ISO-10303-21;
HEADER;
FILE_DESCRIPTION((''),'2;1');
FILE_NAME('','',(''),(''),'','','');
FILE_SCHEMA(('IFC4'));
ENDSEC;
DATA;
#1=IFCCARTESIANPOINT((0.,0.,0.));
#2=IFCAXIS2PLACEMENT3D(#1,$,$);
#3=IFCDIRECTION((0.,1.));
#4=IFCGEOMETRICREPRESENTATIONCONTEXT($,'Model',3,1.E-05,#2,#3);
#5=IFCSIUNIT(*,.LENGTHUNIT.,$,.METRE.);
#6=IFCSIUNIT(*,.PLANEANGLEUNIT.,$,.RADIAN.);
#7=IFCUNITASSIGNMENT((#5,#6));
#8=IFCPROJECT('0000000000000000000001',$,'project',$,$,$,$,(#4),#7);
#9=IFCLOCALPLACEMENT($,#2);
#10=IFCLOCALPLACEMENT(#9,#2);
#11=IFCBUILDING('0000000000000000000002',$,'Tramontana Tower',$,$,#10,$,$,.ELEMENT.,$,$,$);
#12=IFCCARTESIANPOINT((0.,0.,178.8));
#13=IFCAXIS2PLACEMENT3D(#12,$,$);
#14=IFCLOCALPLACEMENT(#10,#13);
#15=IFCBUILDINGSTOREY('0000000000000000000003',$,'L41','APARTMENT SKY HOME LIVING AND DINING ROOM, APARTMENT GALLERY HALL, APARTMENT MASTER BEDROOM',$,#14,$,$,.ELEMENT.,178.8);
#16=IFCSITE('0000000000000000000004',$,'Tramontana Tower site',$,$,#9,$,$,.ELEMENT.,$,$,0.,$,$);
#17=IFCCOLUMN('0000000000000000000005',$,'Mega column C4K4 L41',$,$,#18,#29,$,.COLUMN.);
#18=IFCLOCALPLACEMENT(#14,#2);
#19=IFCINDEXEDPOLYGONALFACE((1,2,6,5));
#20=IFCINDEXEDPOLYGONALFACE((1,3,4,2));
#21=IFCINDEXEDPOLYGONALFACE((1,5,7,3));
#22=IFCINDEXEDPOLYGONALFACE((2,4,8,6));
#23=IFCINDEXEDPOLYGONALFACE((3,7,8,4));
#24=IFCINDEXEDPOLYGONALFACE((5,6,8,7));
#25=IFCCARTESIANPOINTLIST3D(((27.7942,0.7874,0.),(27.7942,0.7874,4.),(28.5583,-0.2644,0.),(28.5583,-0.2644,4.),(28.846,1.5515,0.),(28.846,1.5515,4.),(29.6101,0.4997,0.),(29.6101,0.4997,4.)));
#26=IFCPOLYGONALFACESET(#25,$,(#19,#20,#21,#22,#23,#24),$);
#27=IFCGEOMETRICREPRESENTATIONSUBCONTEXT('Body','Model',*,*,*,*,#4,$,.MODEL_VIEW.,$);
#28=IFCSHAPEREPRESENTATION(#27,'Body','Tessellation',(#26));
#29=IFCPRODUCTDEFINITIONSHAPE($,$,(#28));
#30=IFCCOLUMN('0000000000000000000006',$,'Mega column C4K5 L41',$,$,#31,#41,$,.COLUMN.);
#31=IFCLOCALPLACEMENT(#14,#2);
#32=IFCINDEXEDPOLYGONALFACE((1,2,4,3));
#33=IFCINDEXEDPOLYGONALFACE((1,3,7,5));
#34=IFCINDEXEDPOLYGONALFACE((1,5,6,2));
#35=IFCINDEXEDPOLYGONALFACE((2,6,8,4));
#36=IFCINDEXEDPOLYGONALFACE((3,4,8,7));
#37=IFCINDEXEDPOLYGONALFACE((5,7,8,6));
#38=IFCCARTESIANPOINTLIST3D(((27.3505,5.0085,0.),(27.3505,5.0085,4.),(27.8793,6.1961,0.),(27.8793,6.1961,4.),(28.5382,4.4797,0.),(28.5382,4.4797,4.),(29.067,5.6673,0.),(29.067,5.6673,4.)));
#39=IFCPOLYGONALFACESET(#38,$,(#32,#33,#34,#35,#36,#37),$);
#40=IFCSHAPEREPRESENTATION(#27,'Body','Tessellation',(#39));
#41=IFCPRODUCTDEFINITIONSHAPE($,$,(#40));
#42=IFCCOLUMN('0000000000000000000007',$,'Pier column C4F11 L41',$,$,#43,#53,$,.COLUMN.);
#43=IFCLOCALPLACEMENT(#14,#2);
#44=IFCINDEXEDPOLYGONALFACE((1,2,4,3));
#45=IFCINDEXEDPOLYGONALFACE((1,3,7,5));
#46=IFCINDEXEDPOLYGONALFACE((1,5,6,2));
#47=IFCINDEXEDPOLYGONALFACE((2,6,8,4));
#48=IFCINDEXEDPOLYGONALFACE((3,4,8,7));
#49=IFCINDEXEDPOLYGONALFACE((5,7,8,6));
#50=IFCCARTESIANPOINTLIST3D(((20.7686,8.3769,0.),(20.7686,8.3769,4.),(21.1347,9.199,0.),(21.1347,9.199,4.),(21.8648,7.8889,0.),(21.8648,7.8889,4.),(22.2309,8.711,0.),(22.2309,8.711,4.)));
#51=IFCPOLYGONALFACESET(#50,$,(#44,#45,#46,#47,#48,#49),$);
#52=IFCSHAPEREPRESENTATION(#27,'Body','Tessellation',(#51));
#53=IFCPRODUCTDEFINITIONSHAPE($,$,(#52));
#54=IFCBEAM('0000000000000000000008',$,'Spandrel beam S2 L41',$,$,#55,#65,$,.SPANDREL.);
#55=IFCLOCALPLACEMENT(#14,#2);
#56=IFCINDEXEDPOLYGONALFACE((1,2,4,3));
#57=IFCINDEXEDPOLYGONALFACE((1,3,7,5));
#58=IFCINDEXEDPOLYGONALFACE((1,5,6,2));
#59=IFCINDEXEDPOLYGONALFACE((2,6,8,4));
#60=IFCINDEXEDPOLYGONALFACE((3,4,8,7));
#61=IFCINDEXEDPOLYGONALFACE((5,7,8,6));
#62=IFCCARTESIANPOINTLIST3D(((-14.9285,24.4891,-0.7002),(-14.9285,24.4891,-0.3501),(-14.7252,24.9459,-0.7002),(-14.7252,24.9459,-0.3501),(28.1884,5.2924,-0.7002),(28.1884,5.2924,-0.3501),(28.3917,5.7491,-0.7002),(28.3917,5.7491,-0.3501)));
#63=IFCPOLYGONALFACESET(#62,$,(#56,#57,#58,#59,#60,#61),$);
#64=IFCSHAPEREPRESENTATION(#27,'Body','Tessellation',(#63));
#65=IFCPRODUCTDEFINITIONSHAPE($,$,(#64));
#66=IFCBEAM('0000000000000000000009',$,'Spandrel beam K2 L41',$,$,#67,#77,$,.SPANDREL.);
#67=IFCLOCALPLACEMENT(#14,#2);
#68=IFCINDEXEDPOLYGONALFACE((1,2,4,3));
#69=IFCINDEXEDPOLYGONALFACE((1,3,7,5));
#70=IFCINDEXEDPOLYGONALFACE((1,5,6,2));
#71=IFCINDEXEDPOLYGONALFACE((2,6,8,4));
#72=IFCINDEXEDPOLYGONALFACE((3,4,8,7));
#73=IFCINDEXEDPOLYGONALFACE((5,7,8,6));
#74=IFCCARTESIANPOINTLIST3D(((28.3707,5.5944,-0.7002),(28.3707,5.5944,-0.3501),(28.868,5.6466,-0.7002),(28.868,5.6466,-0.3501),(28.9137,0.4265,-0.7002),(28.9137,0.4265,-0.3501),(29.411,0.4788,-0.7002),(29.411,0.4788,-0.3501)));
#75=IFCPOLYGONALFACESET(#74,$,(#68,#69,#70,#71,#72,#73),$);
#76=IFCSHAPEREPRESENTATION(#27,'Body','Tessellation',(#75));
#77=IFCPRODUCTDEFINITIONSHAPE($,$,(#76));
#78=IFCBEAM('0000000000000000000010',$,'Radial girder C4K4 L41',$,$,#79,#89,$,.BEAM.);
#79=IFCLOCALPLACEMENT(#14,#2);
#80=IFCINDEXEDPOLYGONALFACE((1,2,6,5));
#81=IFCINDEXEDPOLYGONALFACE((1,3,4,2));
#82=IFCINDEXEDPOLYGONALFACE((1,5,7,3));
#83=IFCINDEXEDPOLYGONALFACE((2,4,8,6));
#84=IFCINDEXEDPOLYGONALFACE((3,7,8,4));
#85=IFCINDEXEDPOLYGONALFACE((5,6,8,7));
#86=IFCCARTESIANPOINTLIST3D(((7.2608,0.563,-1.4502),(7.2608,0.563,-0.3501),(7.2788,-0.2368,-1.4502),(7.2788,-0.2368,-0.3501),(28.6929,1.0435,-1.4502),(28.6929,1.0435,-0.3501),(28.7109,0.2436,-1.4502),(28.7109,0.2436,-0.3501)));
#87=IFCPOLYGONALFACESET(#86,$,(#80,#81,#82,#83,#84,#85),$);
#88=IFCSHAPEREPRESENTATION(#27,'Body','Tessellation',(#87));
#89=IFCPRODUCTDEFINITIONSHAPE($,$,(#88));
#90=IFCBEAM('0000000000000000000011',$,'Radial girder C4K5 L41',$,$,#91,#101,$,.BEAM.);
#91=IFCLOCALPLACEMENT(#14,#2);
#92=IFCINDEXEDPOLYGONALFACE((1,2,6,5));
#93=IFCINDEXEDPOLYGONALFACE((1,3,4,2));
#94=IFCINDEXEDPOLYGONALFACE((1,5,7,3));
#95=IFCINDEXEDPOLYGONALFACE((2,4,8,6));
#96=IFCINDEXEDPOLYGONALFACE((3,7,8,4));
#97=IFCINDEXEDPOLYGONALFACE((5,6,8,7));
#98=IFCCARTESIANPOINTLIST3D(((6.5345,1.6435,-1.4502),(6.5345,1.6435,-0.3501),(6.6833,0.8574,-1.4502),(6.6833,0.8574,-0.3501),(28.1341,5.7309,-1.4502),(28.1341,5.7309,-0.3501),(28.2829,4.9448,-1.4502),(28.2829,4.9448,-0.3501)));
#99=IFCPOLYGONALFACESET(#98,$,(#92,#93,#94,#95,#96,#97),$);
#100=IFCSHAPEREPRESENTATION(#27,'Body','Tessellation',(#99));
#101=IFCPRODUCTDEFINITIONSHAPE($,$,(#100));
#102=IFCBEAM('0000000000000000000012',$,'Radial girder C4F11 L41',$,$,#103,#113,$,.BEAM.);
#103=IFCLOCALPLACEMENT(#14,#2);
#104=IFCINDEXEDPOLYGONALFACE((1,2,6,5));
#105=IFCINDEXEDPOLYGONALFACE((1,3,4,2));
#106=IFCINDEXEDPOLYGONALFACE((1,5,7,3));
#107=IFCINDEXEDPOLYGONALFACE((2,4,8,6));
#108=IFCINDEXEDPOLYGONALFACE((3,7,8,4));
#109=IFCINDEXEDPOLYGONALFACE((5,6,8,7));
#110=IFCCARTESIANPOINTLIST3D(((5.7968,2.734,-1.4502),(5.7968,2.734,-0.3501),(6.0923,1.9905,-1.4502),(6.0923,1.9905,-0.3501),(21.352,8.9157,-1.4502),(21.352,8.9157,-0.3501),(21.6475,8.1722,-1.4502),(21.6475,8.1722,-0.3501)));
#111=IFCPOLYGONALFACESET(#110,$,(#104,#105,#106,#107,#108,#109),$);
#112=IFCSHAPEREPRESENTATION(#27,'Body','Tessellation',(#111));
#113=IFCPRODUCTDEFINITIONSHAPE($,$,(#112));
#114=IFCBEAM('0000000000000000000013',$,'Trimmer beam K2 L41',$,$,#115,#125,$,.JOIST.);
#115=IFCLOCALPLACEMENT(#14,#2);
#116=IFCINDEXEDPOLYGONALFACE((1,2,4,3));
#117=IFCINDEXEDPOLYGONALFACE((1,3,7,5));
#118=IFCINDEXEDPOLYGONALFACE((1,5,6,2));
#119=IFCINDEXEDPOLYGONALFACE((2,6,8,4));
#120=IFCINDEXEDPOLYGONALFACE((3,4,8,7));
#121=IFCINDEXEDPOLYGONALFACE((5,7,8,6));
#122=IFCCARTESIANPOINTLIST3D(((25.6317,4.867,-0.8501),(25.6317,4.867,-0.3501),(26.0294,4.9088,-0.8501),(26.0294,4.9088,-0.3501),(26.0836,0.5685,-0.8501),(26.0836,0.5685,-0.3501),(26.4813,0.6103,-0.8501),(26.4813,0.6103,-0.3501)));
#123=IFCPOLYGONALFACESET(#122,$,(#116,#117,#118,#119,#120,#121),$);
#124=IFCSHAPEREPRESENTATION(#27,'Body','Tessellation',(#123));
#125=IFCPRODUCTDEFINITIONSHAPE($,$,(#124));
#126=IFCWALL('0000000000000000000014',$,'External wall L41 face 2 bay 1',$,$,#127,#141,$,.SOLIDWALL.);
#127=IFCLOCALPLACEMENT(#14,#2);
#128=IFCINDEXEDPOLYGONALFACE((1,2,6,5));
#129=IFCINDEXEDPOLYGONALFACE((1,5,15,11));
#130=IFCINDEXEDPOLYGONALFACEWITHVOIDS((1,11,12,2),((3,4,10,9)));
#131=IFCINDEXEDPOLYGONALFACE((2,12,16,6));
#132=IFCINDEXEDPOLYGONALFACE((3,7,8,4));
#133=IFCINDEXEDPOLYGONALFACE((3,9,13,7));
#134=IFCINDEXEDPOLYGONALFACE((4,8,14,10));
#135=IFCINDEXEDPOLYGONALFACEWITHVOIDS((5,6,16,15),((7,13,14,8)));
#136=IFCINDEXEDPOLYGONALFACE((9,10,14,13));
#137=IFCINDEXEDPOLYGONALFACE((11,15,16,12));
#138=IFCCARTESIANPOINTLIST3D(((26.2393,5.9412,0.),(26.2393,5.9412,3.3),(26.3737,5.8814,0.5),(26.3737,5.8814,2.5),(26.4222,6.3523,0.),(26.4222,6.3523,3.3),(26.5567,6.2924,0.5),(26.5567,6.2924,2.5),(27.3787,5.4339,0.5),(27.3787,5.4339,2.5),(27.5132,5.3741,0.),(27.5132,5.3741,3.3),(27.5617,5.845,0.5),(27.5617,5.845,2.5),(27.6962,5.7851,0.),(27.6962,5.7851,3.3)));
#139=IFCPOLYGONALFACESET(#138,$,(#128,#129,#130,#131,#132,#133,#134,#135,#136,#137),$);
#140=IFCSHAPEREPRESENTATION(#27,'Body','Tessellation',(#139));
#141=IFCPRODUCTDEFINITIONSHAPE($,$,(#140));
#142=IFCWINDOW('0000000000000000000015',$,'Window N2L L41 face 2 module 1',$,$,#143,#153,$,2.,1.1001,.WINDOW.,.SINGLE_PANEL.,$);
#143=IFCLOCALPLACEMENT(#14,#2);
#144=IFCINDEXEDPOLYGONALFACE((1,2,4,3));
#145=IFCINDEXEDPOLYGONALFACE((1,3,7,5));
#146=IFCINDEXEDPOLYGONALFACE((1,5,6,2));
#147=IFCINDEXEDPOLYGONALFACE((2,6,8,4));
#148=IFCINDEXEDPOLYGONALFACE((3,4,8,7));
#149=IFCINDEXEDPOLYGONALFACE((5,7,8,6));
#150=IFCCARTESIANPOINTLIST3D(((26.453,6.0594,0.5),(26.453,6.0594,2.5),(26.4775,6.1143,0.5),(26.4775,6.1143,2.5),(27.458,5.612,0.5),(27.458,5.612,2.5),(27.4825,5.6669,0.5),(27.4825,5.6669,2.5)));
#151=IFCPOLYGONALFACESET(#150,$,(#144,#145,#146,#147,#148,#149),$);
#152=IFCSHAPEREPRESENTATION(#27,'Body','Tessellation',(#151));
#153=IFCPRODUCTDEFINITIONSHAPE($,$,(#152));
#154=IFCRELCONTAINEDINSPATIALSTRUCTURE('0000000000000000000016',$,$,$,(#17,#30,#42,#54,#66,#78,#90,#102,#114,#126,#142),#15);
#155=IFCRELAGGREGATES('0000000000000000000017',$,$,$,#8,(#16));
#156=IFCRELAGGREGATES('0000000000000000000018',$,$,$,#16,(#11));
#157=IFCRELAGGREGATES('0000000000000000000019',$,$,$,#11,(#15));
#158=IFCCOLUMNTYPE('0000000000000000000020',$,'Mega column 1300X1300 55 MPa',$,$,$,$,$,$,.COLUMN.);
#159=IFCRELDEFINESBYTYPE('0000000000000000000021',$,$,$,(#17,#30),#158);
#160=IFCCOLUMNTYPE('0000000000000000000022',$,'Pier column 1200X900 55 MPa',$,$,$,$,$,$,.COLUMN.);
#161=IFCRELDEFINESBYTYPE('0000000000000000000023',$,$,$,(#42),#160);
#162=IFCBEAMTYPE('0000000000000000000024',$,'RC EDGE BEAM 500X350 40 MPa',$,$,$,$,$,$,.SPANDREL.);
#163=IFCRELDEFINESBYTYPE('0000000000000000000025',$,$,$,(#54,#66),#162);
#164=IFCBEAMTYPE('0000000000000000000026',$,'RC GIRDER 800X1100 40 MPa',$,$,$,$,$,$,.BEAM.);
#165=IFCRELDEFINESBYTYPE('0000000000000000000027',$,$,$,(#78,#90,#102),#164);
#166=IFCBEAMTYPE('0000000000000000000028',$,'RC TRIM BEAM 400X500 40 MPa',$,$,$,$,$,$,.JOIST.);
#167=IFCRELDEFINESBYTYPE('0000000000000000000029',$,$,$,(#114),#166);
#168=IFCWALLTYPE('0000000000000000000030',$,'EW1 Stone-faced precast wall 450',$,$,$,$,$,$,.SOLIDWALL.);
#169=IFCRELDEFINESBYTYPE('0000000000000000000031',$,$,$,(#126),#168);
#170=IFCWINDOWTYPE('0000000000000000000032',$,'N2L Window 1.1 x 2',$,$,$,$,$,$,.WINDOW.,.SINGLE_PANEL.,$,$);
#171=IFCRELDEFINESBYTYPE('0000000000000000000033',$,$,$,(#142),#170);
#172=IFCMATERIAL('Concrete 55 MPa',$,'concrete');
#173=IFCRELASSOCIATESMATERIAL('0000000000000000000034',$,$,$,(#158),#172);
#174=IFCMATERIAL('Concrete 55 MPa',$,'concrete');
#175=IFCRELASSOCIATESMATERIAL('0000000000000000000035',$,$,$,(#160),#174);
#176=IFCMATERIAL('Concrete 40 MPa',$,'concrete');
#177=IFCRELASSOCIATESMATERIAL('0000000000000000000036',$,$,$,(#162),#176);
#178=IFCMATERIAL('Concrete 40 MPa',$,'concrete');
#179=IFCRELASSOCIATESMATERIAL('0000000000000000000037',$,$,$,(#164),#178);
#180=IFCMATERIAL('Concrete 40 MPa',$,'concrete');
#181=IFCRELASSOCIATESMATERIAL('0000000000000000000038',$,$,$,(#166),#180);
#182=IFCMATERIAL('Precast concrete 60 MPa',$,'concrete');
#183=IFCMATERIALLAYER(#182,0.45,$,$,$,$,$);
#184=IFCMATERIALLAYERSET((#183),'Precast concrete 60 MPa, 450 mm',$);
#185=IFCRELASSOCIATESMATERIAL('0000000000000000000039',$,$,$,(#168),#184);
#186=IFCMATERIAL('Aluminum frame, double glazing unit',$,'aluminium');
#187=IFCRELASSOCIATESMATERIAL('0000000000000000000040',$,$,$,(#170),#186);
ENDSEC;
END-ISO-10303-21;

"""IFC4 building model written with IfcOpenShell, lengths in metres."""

from ifc_helpers import new_model, si_unit, direction, frame, frame_2d, origin, origin_2d, place, context, subcontext, project, spatial, rectangle, extrude, material, layer, layer_set, material_profile, profile_set, type_object, element, fill, save


model = new_model("IFC4")

# Units and contexts
model_context = context("Model", 3, precision=1e-05, world=origin(), true_north=direction((0.0, 1.0)))
body_context = subcontext(model_context, "Body", "Model", "MODEL_VIEW")
ifc_project = project(units=[si_unit("LENGTHUNIT", "METRE"), si_unit("PLANEANGLEUNIT", "RADIAN")], contexts=[model_context])

# Site, building, storey
site_placement = place(None, origin())
site = spatial("IfcSite", under=ifc_project, at=site_placement, Name="Tramontana Tower site", CompositionType="ELEMENT", RefElevation=0.0)
building_placement = place(site_placement, origin())
building = spatial("IfcBuilding", under=site, at=building_placement, Name="Tramontana Tower", CompositionType="ELEMENT")
storey_placement = place(building_placement, frame((0.0, 0.0, 178.8)))
storey = spatial("IfcBuildingStorey", under=building, at=storey_placement, Name="L41", Description="APARTMENT SKY HOME LIVING AND DINING ROOM, APARTMENT GALLERY HALL, APARTMENT MASTER BEDROOM", CompositionType="ELEMENT", Elevation=178.8)

# Columns
ifc_material_1 = material(Name="Concrete 55 MPa", Category="concrete")
ifc_material_profile_1 = material_profile(ifc_material_1, rectangle(XDim=1.3, YDim=1.3, at=origin_2d()), Name="Mega column 1300X1300 55 MPa")
ifc_profile_set_1 = profile_set([ifc_material_profile_1], Name="Concrete 55 MPa")
column_type_1 = type_object("IfcColumnType", Name="Mega column 1300X1300 55 MPa", PredefinedType="COLUMN", material=ifc_profile_set_1)
for number, where, z_axis, x_axis, name in (
    (1, (28.7021, 0.6436, 0.0), (0.0, 0.0, 1.0), (0.809017, 0.587785, 0.0), "Mega column C4K4 L41"),
    (2, (28.2087, 5.3379, 0.0), (0.0, 0.0, 1.0), (-0.913545, 0.406737, 0.0), "Mega column C4K5 L41"),
):
    element("IfcColumn", number, at=place(storey_placement, frame(where, z_axis=z_axis, x_axis=x_axis)), inside=storey, type_object=column_type_1, Name=name, PredefinedType="COLUMN", context=body_context, shape_type="SweptSolid", body=[
        extrude(rectangle(XDim=1.3, YDim=1.3, at=origin_2d()), origin(), (0.0, 0.0, 1.0), 4.0),
    ])
ifc_material_2 = material(Name="Concrete 55 MPa", Category="concrete")
ifc_material_profile_2 = material_profile(ifc_material_2, rectangle(XDim=1.2, YDim=0.8999, at=origin_2d()), Name="Pier column 1200X900 55 MPa")
ifc_profile_set_2 = profile_set([ifc_material_profile_2], Name="Concrete 55 MPa")
column_type_2 = type_object("IfcColumnType", Name="Pier column 1200X900 55 MPa", PredefinedType="COLUMN", material=ifc_profile_set_2)
column_placement = place(storey_placement, frame((21.4998, 8.5439, 0.0), z_axis=(0.0, 0.0, 1.0), x_axis=(-0.913545, 0.406737, 0.0)))
element("IfcColumn", 3, at=column_placement, inside=storey, type_object=column_type_2, Name="Pier column C4F11 L41", PredefinedType="COLUMN", context=body_context, shape_type="SweptSolid", body=[
    extrude(rectangle(XDim=1.2, YDim=0.8999, at=origin_2d()), origin(), (0.0, 0.0, 1.0), 4.0),
])

# Beams
ifc_material_3 = material(Name="Concrete 40 MPa", Category="concrete")
ifc_material_profile_3 = material_profile(ifc_material_3, rectangle(XDim=0.5, YDim=0.3501, at=origin_2d()), Name="RC EDGE BEAM 500X350 40 MPa")
ifc_profile_set_3 = profile_set([ifc_material_profile_3], Name="Concrete 40 MPa")
beam_type_1 = type_object("IfcBeamType", Name="RC EDGE BEAM 500X350 40 MPa", PredefinedType="SPANDREL", material=ifc_profile_set_3)
beam_1_placement = place(storey_placement, frame((28.29, 5.5208, -0.5251), z_axis=(-0.913546, 0.406734, 0.0), x_axis=(-0.406734, -0.913546, 0.0)))
element("IfcBeam", 4, at=beam_1_placement, inside=storey, type_object=beam_type_1, Name="Spandrel beam S2 L41", PredefinedType="SPANDREL", context=body_context, shape_type="SweptSolid", body=[
    extrude(rectangle(XDim=0.5, YDim=0.3501, at=origin_2d()), origin(), (0.0, 0.0, 1.0), 47.1973),
])
beam_2_placement = place(storey_placement, frame((29.1624, 0.4526, -0.5251), z_axis=(-0.104494, 0.994526, 0.0), x_axis=(-0.994526, -0.104494, 0.0)))
element("IfcBeam", 5, at=beam_2_placement, inside=storey, type_object=beam_type_1, Name="Spandrel beam K2 L41", PredefinedType="SPANDREL", context=body_context, shape_type="SweptSolid", body=[
    extrude(rectangle(XDim=0.5, YDim=0.3501, at=origin_2d()), origin(), (0.0, 0.0, 1.0), 5.1963),
])
ifc_material_4 = material(Name="Concrete 40 MPa", Category="concrete")
ifc_material_profile_4 = material_profile(ifc_material_4, rectangle(XDim=0.8, YDim=1.1001, at=origin_2d()), Name="RC GIRDER 800X1100 40 MPa")
ifc_profile_set_4 = profile_set([ifc_material_profile_4], Name="Concrete 40 MPa")
beam_type_2 = type_object("IfcBeamType", Name="RC GIRDER 800X1100 40 MPa", PredefinedType="BEAM", material=ifc_profile_set_4)
beam_3_placement = place(storey_placement, frame((28.7019, 0.6436, -0.9001), z_axis=(-0.999749, -0.022413, 0.0), x_axis=(0.022413, -0.999749, 0.0)))
element("IfcBeam", 6, at=beam_3_placement, inside=storey, type_object=beam_type_2, Name="Radial girder C4K4 L41", PredefinedType="BEAM", context=body_context, shape_type="SweptSolid", body=[
    extrude(rectangle(XDim=0.8, YDim=1.1001, at=origin_2d()), origin(), (0.0, 0.0, 1.0), 21.4375),
])
beam_4_placement = place(storey_placement, frame((28.2085, 5.3379, -0.9001), z_axis=(-0.982562, -0.185935, 0.0), x_axis=(0.185935, -0.982562, 0.0)))
element("IfcBeam", 7, at=beam_4_placement, inside=storey, type_object=beam_type_2, Name="Radial girder C4K5 L41", PredefinedType="BEAM", context=body_context, shape_type="SweptSolid", body=[
    extrude(rectangle(XDim=0.8, YDim=1.1001, at=origin_2d()), origin(), (0.0, 0.0, 1.0), 21.9829),
])
beam_5_placement = place(storey_placement, frame((21.4998, 8.5439, -0.9001), z_axis=(-0.929307, -0.369308, 0.0), x_axis=(0.369308, -0.929307, 0.0)))
element("IfcBeam", 8, at=beam_5_placement, inside=storey, type_object=beam_type_2, Name="Radial girder C4F11 L41", PredefinedType="BEAM", context=body_context, shape_type="SweptSolid", body=[
    extrude(rectangle(XDim=0.8, YDim=1.1001, at=origin_2d()), origin(), (0.0, 0.0, 1.0), 16.7385),
])
ifc_material_5 = material(Name="Concrete 40 MPa", Category="concrete")
ifc_material_profile_5 = material_profile(ifc_material_5, rectangle(XDim=0.3999, YDim=0.5, at=origin_2d()), Name="RC TRIM BEAM 400X500 40 MPa")
ifc_profile_set_5 = profile_set([ifc_material_profile_5], Name="Concrete 40 MPa")
beam_type_3 = type_object("IfcBeamType", Name="RC TRIM BEAM 400X500 40 MPa", PredefinedType="JOIST", material=ifc_profile_set_5)
beam_6_placement = place(storey_placement, frame((26.2825, 0.5894, -0.6001), z_axis=(-0.104552, 0.994519, 0.0), x_axis=(-0.994519, -0.104552, 0.0)))
element("IfcBeam", 9, at=beam_6_placement, inside=storey, type_object=beam_type_3, Name="Trimmer beam K2 L41", PredefinedType="JOIST", context=body_context, shape_type="SweptSolid", body=[
    extrude(rectangle(XDim=0.3999, YDim=0.5, at=origin_2d()), origin(), (0.0, 0.0, 1.0), 4.3223),
])

# Wall, opening, window
ifc_material_6 = material(Name="Precast concrete 60 MPa", Category="concrete")
ifc_layer_1 = layer(ifc_material_6, 0.45)
ifc_layer_set_1 = layer_set([ifc_layer_1], Name="Precast concrete 60 MPa, 450 mm")
wall_type_1 = type_object("IfcWallType", Name="EW1 Stone-faced precast wall 450", PredefinedType="SOLIDWALL", material=ifc_layer_set_1)
wall_1_placement = place(storey_placement, frame((27.6047, 5.5796, 0.0), z_axis=(0.0, 0.0, 1.0), x_axis=(-0.913559, 0.406707, 0.0)))
wall_1 = element("IfcWall", 10, at=wall_1_placement, inside=storey, type_object=wall_type_1, Name="External wall L41 face 2 bay 1", PredefinedType="SOLIDWALL", context=body_context, shape_type="SweptSolid", body=[
    extrude(rectangle(XDim=1.3945, YDim=0.45, at=frame_2d((0.6973, 0.0))), origin(), (0.0, 0.0, 1.0), 3.3),
])
opening_1_placement = place(wall_1_placement, frame((0.1472, 0.0, 0.5)))
opening_1 = element("IfcOpeningElement", 11, at=opening_1_placement, cuts=wall_1, PredefinedType="OPENING", context=body_context, shape_type="SweptSolid", body=[
    extrude(rectangle(XDim=1.1001, YDim=2.0, at=frame_2d((0.55, 1.0))), frame((0.0, 0.2349, 0.0), z_axis=(0.0, -1.0, 0.0), x_axis=(1.0, 0.0, 0.0)), (0.0, 0.0, 1.0), 0.47),
])
ifc_material_7 = material(Name="Aluminum frame, double glazing unit", Category="aluminium")
window_type_1 = type_object("IfcWindowType", Name="N2L Window 1.1 x 2", PartitioningType="SINGLE_PANEL", PredefinedType="WINDOW", material=ifc_material_7)
window_1_placement = place(opening_1_placement, origin())
window_1 = element("IfcWindow", 12, at=window_1_placement, inside=storey, type_object=window_type_1, Name="Window N2L L41 face 2 module 1", OverallHeight=2.0, OverallWidth=1.1001, PartitioningType="SINGLE_PANEL", PredefinedType="WINDOW", context=body_context, shape_type="SweptSolid", body=[
    extrude(rectangle(XDim=1.1001, YDim=2.0, at=frame_2d((0.55, 1.0))), frame((0.0, 0.03, 0.0), z_axis=(0.0, -1.0, 0.0), x_axis=(1.0, 0.0, 0.0)), (0.0, 0.0, 1.0), 0.0601),
])
fill(opening_1, window_1)

save(model, "model.ifc")
